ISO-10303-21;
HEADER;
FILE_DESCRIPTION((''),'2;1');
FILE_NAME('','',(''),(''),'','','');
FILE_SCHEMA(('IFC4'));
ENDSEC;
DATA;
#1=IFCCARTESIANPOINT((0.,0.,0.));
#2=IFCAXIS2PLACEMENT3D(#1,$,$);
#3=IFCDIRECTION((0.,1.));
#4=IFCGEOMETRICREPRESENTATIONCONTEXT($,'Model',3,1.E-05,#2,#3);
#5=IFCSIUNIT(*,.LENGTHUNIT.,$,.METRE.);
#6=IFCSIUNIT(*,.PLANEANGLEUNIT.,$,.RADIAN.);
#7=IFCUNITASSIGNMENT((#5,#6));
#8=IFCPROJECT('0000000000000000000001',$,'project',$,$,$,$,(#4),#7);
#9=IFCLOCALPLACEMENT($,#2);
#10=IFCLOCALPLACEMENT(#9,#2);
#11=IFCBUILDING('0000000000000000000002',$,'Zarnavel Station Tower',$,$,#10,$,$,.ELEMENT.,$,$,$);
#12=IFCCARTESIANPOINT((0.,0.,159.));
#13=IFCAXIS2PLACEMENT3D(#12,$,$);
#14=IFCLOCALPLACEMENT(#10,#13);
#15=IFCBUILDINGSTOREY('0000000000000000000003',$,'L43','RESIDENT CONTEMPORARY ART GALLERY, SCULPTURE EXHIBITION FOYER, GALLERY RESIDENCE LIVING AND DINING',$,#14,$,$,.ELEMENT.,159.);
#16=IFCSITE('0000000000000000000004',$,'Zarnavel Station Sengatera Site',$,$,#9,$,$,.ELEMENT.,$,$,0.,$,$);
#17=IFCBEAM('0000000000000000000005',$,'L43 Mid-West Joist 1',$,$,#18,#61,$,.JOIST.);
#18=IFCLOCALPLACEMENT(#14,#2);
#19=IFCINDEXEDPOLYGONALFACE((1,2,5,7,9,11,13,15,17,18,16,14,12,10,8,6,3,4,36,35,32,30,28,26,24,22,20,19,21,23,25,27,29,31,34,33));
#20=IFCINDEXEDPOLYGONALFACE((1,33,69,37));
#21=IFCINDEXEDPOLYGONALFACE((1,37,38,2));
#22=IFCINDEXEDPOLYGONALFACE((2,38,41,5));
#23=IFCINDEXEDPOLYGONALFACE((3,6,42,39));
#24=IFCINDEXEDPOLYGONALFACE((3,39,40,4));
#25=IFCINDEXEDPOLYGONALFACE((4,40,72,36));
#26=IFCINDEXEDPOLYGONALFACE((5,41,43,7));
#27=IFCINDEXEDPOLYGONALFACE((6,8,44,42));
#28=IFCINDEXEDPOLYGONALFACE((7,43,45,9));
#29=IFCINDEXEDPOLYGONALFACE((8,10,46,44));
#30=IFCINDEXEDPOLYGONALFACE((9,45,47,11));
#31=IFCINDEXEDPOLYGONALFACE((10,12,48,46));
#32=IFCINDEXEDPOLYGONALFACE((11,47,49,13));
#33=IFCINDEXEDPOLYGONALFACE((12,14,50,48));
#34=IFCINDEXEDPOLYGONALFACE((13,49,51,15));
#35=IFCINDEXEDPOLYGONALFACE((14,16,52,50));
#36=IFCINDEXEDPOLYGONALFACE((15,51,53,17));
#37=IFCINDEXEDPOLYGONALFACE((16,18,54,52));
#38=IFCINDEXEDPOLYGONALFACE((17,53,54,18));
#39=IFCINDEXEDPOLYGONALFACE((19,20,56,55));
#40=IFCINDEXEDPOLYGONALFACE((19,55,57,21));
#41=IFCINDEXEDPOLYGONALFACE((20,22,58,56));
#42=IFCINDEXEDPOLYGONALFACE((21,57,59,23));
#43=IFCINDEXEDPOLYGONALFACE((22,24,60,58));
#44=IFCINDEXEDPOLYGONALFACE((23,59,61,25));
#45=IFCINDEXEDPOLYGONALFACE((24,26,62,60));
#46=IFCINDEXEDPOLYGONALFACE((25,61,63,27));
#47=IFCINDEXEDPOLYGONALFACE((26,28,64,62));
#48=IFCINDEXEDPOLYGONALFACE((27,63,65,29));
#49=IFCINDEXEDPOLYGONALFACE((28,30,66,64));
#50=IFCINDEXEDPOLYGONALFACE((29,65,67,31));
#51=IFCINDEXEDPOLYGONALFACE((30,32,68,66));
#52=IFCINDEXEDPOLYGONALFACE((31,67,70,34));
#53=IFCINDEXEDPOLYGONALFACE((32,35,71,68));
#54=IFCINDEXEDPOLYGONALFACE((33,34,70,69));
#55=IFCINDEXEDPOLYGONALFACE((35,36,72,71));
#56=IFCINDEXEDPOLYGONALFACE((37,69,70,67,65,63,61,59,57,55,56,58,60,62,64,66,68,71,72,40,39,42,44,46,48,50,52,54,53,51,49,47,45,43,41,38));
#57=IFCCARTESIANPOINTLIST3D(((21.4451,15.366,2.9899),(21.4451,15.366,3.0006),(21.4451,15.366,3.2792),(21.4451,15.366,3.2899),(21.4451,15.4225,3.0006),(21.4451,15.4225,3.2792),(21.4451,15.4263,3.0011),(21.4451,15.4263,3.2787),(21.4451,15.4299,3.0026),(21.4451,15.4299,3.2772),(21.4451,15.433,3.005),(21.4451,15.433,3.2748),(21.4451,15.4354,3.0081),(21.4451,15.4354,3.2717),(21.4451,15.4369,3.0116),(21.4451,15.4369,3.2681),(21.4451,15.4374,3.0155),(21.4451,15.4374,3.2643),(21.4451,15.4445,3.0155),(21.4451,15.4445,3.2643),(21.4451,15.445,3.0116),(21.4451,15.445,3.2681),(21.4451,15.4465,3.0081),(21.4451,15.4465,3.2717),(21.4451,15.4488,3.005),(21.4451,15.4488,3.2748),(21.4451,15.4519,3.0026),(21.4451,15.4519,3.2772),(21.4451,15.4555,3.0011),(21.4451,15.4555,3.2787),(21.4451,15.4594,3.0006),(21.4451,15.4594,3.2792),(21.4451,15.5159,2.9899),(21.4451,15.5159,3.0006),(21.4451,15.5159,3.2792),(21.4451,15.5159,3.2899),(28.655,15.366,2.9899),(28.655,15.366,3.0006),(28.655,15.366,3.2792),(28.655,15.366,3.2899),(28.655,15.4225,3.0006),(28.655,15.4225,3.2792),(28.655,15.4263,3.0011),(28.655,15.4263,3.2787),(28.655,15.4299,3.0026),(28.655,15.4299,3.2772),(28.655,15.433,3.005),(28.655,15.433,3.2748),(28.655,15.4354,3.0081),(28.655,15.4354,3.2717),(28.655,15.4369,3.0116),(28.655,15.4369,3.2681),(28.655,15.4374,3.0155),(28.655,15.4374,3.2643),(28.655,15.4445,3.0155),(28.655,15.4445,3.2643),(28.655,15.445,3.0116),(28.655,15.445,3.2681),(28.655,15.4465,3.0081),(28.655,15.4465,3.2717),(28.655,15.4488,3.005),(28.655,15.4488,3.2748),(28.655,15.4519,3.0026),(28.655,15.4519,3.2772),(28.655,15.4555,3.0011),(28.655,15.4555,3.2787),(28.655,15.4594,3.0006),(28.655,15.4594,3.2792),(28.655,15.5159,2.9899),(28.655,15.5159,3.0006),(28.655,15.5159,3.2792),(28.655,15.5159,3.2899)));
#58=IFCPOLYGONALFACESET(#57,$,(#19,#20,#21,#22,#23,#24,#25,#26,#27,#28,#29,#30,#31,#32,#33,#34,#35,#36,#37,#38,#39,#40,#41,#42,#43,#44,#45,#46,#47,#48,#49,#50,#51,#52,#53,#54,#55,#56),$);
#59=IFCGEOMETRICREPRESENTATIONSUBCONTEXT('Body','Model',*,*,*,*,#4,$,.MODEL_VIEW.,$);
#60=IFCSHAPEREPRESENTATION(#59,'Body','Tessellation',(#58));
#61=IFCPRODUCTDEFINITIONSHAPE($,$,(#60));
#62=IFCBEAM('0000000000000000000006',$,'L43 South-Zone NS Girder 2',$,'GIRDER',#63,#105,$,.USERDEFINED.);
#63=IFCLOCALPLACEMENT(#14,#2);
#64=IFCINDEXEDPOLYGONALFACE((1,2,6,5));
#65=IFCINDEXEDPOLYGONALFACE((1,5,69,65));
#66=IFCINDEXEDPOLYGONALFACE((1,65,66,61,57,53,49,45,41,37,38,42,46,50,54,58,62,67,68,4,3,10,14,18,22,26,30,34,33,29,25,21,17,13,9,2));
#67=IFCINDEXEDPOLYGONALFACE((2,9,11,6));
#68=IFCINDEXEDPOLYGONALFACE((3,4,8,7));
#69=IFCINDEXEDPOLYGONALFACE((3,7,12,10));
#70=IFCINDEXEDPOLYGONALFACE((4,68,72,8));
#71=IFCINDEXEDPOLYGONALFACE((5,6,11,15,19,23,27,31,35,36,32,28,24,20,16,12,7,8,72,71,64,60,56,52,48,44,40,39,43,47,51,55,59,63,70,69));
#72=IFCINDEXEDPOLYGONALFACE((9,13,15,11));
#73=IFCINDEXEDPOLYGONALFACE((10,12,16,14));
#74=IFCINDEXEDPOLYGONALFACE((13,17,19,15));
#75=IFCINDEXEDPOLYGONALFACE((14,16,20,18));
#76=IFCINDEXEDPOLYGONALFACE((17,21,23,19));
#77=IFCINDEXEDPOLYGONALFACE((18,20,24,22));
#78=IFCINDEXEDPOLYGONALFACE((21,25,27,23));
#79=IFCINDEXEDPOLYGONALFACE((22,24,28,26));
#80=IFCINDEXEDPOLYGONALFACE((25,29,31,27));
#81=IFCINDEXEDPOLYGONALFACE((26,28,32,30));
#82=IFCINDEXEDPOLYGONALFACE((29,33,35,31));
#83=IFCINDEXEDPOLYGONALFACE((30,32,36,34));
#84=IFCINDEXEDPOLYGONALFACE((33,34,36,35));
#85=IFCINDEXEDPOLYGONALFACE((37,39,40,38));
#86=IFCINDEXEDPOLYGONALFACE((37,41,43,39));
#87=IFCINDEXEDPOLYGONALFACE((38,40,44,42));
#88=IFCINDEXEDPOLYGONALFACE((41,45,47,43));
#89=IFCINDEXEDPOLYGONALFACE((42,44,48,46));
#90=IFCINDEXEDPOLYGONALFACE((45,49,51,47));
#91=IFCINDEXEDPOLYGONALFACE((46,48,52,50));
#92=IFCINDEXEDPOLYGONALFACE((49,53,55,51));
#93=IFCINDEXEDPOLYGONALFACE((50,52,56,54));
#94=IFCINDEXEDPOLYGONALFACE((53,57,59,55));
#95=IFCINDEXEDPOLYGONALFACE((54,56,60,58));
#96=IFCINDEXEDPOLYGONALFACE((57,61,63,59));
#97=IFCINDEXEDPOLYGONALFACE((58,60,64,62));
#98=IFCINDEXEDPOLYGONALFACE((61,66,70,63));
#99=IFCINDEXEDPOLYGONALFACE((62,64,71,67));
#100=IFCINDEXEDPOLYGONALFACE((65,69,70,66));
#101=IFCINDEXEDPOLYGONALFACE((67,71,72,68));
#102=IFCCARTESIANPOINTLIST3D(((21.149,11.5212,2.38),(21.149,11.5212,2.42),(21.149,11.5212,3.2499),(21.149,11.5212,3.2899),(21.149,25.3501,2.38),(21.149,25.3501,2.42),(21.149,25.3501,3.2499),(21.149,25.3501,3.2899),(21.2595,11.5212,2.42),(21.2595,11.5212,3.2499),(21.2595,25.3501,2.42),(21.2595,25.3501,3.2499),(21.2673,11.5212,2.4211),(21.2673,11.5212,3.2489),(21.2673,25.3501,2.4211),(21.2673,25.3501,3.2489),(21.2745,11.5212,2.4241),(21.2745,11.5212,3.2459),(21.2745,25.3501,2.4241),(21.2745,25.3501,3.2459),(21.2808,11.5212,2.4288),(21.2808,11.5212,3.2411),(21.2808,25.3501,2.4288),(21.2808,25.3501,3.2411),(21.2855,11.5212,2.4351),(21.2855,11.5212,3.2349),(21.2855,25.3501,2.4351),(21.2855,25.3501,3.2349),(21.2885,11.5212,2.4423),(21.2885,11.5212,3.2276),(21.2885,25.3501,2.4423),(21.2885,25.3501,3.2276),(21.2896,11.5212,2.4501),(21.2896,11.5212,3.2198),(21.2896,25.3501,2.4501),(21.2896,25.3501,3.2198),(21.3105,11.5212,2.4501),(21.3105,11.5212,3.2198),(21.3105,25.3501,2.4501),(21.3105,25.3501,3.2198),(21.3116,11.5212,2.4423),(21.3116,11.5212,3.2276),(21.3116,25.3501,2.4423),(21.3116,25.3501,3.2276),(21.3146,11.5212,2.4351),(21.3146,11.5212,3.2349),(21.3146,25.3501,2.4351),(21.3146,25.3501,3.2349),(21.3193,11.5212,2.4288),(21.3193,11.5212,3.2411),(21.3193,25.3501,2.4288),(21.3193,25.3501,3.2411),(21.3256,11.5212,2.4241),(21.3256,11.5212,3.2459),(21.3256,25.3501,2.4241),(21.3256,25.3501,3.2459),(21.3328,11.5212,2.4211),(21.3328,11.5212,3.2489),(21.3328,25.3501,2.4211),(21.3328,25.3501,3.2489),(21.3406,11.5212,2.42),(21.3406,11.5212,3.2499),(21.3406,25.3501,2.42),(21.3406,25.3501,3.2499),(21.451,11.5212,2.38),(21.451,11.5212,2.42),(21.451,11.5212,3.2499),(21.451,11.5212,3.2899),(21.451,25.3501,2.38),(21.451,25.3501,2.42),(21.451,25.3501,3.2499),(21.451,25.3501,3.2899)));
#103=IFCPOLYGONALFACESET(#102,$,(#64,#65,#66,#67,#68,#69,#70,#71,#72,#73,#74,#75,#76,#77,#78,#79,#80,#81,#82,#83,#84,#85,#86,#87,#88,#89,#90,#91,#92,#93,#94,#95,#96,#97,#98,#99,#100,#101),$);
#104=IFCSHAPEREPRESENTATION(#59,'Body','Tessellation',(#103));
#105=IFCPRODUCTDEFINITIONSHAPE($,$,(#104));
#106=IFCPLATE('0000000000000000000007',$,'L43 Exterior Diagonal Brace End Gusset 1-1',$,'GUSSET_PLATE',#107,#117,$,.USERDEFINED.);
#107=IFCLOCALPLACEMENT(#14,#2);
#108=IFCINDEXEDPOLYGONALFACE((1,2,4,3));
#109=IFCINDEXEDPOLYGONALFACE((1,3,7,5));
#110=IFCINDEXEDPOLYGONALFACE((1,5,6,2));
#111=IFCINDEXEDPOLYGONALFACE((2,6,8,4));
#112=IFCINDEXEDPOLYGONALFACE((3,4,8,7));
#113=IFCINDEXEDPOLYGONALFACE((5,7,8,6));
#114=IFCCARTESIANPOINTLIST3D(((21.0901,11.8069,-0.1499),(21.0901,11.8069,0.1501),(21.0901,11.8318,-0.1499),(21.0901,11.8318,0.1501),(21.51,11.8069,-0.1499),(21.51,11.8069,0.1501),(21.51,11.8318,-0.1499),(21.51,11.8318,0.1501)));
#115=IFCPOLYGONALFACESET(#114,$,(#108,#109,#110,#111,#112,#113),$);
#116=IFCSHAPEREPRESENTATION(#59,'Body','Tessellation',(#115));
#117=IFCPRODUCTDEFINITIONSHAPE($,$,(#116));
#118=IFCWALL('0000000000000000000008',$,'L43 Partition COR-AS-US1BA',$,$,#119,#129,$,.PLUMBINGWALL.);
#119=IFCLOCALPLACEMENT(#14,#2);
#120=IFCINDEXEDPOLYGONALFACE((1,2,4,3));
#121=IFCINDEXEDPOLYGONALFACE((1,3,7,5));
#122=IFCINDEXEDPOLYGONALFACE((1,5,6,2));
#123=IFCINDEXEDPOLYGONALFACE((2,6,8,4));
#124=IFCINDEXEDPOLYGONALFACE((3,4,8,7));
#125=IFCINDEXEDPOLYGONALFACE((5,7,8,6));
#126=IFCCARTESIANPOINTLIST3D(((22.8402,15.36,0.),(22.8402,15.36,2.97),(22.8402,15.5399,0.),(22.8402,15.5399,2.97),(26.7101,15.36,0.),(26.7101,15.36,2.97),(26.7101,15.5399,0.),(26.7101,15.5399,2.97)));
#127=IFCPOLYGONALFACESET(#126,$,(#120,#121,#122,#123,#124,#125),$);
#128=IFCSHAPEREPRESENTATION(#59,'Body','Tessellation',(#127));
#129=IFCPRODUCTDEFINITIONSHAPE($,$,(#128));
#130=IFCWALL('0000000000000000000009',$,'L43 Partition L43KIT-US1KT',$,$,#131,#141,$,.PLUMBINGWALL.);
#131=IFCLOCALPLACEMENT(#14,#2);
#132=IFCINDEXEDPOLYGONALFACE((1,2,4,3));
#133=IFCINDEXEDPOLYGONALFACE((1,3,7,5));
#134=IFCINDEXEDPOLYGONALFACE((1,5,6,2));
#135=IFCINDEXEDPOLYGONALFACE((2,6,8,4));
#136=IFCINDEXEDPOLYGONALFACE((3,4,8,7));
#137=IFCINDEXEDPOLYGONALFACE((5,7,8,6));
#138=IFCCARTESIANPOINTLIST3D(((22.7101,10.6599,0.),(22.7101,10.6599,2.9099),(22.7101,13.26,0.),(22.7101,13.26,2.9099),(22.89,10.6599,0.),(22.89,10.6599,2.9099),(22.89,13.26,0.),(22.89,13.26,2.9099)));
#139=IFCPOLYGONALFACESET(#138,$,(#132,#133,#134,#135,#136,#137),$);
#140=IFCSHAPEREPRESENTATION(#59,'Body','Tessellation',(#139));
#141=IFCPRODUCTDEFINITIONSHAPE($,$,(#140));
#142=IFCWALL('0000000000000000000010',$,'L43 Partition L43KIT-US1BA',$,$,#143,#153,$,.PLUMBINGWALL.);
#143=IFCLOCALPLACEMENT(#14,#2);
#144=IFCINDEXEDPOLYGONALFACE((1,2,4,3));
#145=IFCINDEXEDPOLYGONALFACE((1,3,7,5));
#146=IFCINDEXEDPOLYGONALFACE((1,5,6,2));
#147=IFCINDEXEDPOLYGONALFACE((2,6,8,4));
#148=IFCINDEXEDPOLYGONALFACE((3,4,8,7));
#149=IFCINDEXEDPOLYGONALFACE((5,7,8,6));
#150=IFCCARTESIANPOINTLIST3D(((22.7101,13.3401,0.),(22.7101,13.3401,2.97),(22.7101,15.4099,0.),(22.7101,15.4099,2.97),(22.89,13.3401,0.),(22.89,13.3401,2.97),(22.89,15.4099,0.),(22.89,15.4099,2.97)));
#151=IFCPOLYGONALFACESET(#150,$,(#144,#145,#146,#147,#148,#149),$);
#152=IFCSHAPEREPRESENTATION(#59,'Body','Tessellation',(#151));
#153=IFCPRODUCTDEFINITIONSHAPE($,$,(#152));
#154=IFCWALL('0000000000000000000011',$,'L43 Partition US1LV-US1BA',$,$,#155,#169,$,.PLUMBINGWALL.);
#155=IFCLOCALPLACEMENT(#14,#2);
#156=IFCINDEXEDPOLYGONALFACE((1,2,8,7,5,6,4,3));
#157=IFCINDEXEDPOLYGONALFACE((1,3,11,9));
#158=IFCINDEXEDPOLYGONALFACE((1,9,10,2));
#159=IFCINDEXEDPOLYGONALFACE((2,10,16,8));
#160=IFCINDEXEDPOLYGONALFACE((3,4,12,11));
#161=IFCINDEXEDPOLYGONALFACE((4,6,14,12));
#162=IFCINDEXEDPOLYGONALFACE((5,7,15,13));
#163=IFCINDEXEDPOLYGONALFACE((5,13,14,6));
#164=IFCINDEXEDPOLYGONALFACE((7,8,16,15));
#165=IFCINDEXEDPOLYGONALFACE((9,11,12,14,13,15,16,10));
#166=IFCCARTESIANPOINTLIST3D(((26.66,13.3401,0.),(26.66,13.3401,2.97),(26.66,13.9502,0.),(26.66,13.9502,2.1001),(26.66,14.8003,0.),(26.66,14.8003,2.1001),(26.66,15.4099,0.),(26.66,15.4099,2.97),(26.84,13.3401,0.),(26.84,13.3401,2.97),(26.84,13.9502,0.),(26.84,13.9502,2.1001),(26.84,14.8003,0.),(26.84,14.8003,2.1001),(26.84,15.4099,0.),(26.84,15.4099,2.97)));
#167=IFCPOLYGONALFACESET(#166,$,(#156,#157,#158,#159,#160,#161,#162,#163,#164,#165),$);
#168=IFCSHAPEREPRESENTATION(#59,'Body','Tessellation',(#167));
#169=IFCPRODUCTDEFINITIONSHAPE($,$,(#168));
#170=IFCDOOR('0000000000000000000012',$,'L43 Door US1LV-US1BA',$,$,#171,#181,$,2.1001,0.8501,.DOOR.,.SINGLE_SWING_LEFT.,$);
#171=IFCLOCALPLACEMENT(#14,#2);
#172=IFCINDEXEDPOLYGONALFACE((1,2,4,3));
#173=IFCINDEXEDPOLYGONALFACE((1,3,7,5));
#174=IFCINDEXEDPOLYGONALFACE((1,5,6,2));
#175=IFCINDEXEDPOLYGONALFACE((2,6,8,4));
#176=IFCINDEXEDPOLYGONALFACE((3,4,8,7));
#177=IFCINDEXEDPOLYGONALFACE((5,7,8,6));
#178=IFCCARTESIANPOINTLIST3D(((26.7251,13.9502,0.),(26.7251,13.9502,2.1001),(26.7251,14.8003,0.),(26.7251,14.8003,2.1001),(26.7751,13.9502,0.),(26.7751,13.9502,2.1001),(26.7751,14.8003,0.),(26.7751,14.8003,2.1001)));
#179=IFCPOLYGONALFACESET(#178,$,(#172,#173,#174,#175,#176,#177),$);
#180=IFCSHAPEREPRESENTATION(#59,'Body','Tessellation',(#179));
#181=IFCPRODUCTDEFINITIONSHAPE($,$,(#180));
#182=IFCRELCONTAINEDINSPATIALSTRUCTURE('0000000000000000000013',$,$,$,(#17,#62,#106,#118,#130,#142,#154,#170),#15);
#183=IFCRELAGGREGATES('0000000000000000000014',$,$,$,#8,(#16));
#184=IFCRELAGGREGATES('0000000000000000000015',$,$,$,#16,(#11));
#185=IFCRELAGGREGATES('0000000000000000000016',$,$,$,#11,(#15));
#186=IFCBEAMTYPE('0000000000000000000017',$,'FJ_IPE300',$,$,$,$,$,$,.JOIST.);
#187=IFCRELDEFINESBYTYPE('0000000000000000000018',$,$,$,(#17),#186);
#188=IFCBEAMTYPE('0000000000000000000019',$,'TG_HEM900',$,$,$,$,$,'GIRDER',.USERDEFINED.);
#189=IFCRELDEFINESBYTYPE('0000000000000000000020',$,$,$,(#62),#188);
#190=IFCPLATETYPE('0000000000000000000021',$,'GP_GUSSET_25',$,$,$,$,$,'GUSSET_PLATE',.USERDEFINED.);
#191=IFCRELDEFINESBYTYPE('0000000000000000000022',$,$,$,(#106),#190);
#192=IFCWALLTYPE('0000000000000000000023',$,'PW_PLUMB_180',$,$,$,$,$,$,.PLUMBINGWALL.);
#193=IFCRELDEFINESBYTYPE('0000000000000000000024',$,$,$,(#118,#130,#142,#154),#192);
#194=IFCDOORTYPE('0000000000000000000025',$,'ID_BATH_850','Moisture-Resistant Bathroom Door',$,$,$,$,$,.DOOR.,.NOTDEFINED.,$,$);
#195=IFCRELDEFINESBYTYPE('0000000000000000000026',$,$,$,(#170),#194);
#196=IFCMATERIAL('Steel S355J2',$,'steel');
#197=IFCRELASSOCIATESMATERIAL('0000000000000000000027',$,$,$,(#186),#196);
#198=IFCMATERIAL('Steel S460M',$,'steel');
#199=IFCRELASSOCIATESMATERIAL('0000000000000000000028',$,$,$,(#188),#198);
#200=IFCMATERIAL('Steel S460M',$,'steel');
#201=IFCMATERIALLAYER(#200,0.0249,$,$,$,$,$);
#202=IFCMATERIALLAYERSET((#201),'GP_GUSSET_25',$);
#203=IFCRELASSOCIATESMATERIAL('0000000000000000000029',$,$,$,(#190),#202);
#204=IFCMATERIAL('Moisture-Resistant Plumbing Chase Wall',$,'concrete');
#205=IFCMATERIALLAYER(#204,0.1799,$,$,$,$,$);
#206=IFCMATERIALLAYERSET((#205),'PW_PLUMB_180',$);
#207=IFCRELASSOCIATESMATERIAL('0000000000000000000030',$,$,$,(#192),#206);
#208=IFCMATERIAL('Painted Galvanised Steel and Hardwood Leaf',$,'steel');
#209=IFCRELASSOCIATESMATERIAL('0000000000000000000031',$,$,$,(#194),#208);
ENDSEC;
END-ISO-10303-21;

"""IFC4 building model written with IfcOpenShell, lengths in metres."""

from ifc_helpers import new_model, si_unit, direction, frame, frame_2d, origin, origin_2d, place, context, subcontext, project, spatial, rectangle, i_section, extrude, material, layer, layer_set, material_profile, profile_set, type_object, element, fill, save


model = new_model("IFC4")

# Units and contexts
model_context = context("Model", 3, precision=1e-05, world=origin(), true_north=direction((0.0, 1.0)))
body_context = subcontext(model_context, "Body", "Model", "MODEL_VIEW")
ifc_project = project(units=[si_unit("LENGTHUNIT", "METRE"), si_unit("PLANEANGLEUNIT", "RADIAN")], contexts=[model_context])

# Site, building, storey
site_placement = place(None, origin())
site = spatial("IfcSite", under=ifc_project, at=site_placement, Name="Zarnavel Station Sengatera Site", CompositionType="ELEMENT", RefElevation=0.0)
building_placement = place(site_placement, origin())
building = spatial("IfcBuilding", under=site, at=building_placement, Name="Zarnavel Station Tower", CompositionType="ELEMENT")
storey_placement = place(building_placement, frame((0.0, 0.0, 159.0)))
storey = spatial("IfcBuildingStorey", under=building, at=storey_placement, Name="L43", Description="RESIDENT CONTEMPORARY ART GALLERY, SCULPTURE EXHIBITION FOYER, GALLERY RESIDENCE LIVING AND DINING", CompositionType="ELEMENT", Elevation=159.0)

# Beams
ifc_material_1 = material(Name="Steel S355J2", Category="steel")
ifc_material_profile_1 = material_profile(ifc_material_1, i_section(OverallWidth=0.1499, OverallDepth=0.3, WebThickness=0.0071, FlangeThickness=0.0107, FilletRadius=0.0149, at=origin_2d()), Name="IPE300")
ifc_profile_set_1 = profile_set([ifc_material_profile_1], Name="Steel S355J2")
beam_type_1 = type_object("IfcBeamType", Name="FJ_IPE300", PredefinedType="JOIST", material=ifc_profile_set_1)
beam_1_placement = place(storey_placement, frame((21.4451, 15.4409, 3.1399), z_axis=(1.0, 0.0, 0.0), x_axis=(0.0, 1.0, 0.0)))
element("IfcBeam", 1, at=beam_1_placement, inside=storey, type_object=beam_type_1, Name="L43 Mid-West Joist 1", PredefinedType="JOIST", context=body_context, shape_type="SweptSolid", body=[
    extrude(i_section(OverallWidth=0.1499, OverallDepth=0.3, WebThickness=0.0071, FlangeThickness=0.0107, FilletRadius=0.0149, at=origin_2d()), origin(), (0.0, 0.0, 1.0), 7.21),
])
ifc_material_2 = material(Name="Steel S460M", Category="steel")
ifc_material_profile_2 = material_profile(ifc_material_2, i_section(OverallWidth=0.302, OverallDepth=0.9099, WebThickness=0.021, FlangeThickness=0.04, FilletRadius=0.03, at=origin_2d()), Name="HEM900")
ifc_profile_set_2 = profile_set([ifc_material_profile_2], Name="Steel S460M")
beam_type_2 = type_object("IfcBeamType", Name="TG_HEM900", ElementType="GIRDER", PredefinedType="USERDEFINED", material=ifc_profile_set_2)
beam_2_placement = place(storey_placement, frame((21.3, 11.5212, 2.835), z_axis=(0.0, 1.0, 0.0), x_axis=(-1.0, 0.0, 0.0)))
element("IfcBeam", 2, at=beam_2_placement, inside=storey, type_object=beam_type_2, Name="L43 South-Zone NS Girder 2", ObjectType="GIRDER", PredefinedType="USERDEFINED", context=body_context, shape_type="SweptSolid", body=[
    extrude(i_section(OverallWidth=0.302, OverallDepth=0.9099, WebThickness=0.021, FlangeThickness=0.04, FilletRadius=0.03, at=origin_2d()), origin(), (0.0, 0.0, 1.0), 13.8289),
])

# Plate
ifc_material_3 = material(Name="Steel S460M", Category="steel")
ifc_layer_1 = layer(ifc_material_3, 0.0249)
ifc_layer_set_1 = layer_set([ifc_layer_1], Name="GP_GUSSET_25")
plate_type = type_object("IfcPlateType", Name="GP_GUSSET_25", ElementType="GUSSET_PLATE", PredefinedType="USERDEFINED", material=ifc_layer_set_1)
plate_placement = place(storey_placement, frame((21.3, 11.8193, -0.1499), z_axis=(0.0, 0.0, 1.0), x_axis=(1.0, 0.0, 0.0)))
element("IfcPlate", 3, at=plate_placement, inside=storey, type_object=plate_type, Name="L43 Exterior Diagonal Brace End Gusset 1-1", ObjectType="GUSSET_PLATE", PredefinedType="USERDEFINED", context=body_context, shape_type="SweptSolid", body=[
    extrude(rectangle(XDim=0.4199, YDim=0.0249, at=origin_2d()), origin(), (0.0, 0.0, 1.0), 0.3),
])

# Shared definitions
ifc_material_4 = material(Name="Moisture-Resistant Plumbing Chase Wall", Category="concrete")
ifc_layer_2 = layer(ifc_material_4, 0.1799)
ifc_layer_set_2 = layer_set([ifc_layer_2], Name="PW_PLUMB_180")
wall_type_1 = type_object("IfcWallType", Name="PW_PLUMB_180", PredefinedType="PLUMBINGWALL", material=ifc_layer_set_2)

# Walls
wall_1_placement = place(storey_placement, frame((22.8401, 15.45, 0.0), z_axis=(0.0, 0.0, 1.0), x_axis=(1.0, 0.0, 0.0)))
element("IfcWall", 4, at=wall_1_placement, inside=storey, type_object=wall_type_1, Name="L43 Partition COR-AS-US1BA", PredefinedType="PLUMBINGWALL", context=body_context, shape_type="SweptSolid", body=[
    extrude(rectangle(XDim=3.8699, YDim=0.1799, at=frame_2d((1.9351, 0.0))), origin(), (0.0, 0.0, 1.0), 2.97),
])
wall_2_placement = place(storey_placement, frame((22.8, 10.6599, 0.0), z_axis=(0.0, 0.0, 1.0), x_axis=(0.0, 1.0, 0.0)))
element("IfcWall", 5, at=wall_2_placement, inside=storey, type_object=wall_type_1, Name="L43 Partition L43KIT-US1KT", PredefinedType="PLUMBINGWALL", context=body_context, shape_type="SweptSolid", body=[
    extrude(rectangle(XDim=2.6001, YDim=0.1799, at=frame_2d((1.3, 0.0))), origin(), (0.0, 0.0, 1.0), 2.9099),
])
wall_3_placement = place(storey_placement, frame((22.8, 13.3401, 0.0), z_axis=(0.0, 0.0, 1.0), x_axis=(0.0, 1.0, 0.0)))
element("IfcWall", 6, at=wall_3_placement, inside=storey, type_object=wall_type_1, Name="L43 Partition L43KIT-US1BA", PredefinedType="PLUMBINGWALL", context=body_context, shape_type="SweptSolid", body=[
    extrude(rectangle(XDim=2.0698, YDim=0.1799, at=frame_2d((1.0349, 0.0))), origin(), (0.0, 0.0, 1.0), 2.97),
])

# Wall, opening, door
wall_4_placement = place(storey_placement, frame((26.75, 13.3401, 0.0), z_axis=(0.0, 0.0, 1.0), x_axis=(0.0, 1.0, 0.0)))
wall_4 = element("IfcWall", 7, at=wall_4_placement, inside=storey, type_object=wall_type_1, Name="L43 Partition US1LV-US1BA", PredefinedType="PLUMBINGWALL", context=body_context, shape_type="SweptSolid", body=[
    extrude(rectangle(XDim=2.0698, YDim=0.1799, at=frame_2d((1.0349, 0.0))), origin(), (0.0, 0.0, 1.0), 2.97),
])
opening_1_placement = place(wall_4_placement, frame((0.6101, 0.0, 0.0)))
opening_1 = element("IfcOpeningElement", 8, at=opening_1_placement, cuts=wall_4, PredefinedType="OPENING", context=body_context, shape_type="SweptSolid", body=[
    extrude(rectangle(XDim=0.8501, YDim=2.1001, at=frame_2d((0.425, 1.05))), frame((0.0, 0.0999, 0.0), z_axis=(0.0, -1.0, 0.0), x_axis=(1.0, 0.0, 0.0)), (0.0, 0.0, 1.0), 0.2),
])
ifc_material_5 = material(Name="Painted Galvanised Steel and Hardwood Leaf", Category="steel")
door_type_1 = type_object("IfcDoorType", Name="ID_BATH_850", Description="Moisture-Resistant Bathroom Door", OperationType="NOTDEFINED", PredefinedType="DOOR", material=ifc_material_5)
door_1_placement = place(opening_1_placement, origin())
door_1 = element("IfcDoor", 9, at=door_1_placement, inside=storey, type_object=door_type_1, Name="L43 Door US1LV-US1BA", OperationType="SINGLE_SWING_LEFT", OverallHeight=2.1001, OverallWidth=0.8501, PredefinedType="DOOR", context=body_context, shape_type="SweptSolid", body=[
    extrude(rectangle(XDim=0.8501, YDim=2.1001, at=frame_2d((0.425, 1.05))), frame((0.0, 0.0249, 0.0), z_axis=(0.0, -1.0, 0.0), x_axis=(1.0, 0.0, 0.0)), (0.0, 0.0, 1.0), 0.05),
])
fill(opening_1, door_1)

save(model, "model.ifc")
